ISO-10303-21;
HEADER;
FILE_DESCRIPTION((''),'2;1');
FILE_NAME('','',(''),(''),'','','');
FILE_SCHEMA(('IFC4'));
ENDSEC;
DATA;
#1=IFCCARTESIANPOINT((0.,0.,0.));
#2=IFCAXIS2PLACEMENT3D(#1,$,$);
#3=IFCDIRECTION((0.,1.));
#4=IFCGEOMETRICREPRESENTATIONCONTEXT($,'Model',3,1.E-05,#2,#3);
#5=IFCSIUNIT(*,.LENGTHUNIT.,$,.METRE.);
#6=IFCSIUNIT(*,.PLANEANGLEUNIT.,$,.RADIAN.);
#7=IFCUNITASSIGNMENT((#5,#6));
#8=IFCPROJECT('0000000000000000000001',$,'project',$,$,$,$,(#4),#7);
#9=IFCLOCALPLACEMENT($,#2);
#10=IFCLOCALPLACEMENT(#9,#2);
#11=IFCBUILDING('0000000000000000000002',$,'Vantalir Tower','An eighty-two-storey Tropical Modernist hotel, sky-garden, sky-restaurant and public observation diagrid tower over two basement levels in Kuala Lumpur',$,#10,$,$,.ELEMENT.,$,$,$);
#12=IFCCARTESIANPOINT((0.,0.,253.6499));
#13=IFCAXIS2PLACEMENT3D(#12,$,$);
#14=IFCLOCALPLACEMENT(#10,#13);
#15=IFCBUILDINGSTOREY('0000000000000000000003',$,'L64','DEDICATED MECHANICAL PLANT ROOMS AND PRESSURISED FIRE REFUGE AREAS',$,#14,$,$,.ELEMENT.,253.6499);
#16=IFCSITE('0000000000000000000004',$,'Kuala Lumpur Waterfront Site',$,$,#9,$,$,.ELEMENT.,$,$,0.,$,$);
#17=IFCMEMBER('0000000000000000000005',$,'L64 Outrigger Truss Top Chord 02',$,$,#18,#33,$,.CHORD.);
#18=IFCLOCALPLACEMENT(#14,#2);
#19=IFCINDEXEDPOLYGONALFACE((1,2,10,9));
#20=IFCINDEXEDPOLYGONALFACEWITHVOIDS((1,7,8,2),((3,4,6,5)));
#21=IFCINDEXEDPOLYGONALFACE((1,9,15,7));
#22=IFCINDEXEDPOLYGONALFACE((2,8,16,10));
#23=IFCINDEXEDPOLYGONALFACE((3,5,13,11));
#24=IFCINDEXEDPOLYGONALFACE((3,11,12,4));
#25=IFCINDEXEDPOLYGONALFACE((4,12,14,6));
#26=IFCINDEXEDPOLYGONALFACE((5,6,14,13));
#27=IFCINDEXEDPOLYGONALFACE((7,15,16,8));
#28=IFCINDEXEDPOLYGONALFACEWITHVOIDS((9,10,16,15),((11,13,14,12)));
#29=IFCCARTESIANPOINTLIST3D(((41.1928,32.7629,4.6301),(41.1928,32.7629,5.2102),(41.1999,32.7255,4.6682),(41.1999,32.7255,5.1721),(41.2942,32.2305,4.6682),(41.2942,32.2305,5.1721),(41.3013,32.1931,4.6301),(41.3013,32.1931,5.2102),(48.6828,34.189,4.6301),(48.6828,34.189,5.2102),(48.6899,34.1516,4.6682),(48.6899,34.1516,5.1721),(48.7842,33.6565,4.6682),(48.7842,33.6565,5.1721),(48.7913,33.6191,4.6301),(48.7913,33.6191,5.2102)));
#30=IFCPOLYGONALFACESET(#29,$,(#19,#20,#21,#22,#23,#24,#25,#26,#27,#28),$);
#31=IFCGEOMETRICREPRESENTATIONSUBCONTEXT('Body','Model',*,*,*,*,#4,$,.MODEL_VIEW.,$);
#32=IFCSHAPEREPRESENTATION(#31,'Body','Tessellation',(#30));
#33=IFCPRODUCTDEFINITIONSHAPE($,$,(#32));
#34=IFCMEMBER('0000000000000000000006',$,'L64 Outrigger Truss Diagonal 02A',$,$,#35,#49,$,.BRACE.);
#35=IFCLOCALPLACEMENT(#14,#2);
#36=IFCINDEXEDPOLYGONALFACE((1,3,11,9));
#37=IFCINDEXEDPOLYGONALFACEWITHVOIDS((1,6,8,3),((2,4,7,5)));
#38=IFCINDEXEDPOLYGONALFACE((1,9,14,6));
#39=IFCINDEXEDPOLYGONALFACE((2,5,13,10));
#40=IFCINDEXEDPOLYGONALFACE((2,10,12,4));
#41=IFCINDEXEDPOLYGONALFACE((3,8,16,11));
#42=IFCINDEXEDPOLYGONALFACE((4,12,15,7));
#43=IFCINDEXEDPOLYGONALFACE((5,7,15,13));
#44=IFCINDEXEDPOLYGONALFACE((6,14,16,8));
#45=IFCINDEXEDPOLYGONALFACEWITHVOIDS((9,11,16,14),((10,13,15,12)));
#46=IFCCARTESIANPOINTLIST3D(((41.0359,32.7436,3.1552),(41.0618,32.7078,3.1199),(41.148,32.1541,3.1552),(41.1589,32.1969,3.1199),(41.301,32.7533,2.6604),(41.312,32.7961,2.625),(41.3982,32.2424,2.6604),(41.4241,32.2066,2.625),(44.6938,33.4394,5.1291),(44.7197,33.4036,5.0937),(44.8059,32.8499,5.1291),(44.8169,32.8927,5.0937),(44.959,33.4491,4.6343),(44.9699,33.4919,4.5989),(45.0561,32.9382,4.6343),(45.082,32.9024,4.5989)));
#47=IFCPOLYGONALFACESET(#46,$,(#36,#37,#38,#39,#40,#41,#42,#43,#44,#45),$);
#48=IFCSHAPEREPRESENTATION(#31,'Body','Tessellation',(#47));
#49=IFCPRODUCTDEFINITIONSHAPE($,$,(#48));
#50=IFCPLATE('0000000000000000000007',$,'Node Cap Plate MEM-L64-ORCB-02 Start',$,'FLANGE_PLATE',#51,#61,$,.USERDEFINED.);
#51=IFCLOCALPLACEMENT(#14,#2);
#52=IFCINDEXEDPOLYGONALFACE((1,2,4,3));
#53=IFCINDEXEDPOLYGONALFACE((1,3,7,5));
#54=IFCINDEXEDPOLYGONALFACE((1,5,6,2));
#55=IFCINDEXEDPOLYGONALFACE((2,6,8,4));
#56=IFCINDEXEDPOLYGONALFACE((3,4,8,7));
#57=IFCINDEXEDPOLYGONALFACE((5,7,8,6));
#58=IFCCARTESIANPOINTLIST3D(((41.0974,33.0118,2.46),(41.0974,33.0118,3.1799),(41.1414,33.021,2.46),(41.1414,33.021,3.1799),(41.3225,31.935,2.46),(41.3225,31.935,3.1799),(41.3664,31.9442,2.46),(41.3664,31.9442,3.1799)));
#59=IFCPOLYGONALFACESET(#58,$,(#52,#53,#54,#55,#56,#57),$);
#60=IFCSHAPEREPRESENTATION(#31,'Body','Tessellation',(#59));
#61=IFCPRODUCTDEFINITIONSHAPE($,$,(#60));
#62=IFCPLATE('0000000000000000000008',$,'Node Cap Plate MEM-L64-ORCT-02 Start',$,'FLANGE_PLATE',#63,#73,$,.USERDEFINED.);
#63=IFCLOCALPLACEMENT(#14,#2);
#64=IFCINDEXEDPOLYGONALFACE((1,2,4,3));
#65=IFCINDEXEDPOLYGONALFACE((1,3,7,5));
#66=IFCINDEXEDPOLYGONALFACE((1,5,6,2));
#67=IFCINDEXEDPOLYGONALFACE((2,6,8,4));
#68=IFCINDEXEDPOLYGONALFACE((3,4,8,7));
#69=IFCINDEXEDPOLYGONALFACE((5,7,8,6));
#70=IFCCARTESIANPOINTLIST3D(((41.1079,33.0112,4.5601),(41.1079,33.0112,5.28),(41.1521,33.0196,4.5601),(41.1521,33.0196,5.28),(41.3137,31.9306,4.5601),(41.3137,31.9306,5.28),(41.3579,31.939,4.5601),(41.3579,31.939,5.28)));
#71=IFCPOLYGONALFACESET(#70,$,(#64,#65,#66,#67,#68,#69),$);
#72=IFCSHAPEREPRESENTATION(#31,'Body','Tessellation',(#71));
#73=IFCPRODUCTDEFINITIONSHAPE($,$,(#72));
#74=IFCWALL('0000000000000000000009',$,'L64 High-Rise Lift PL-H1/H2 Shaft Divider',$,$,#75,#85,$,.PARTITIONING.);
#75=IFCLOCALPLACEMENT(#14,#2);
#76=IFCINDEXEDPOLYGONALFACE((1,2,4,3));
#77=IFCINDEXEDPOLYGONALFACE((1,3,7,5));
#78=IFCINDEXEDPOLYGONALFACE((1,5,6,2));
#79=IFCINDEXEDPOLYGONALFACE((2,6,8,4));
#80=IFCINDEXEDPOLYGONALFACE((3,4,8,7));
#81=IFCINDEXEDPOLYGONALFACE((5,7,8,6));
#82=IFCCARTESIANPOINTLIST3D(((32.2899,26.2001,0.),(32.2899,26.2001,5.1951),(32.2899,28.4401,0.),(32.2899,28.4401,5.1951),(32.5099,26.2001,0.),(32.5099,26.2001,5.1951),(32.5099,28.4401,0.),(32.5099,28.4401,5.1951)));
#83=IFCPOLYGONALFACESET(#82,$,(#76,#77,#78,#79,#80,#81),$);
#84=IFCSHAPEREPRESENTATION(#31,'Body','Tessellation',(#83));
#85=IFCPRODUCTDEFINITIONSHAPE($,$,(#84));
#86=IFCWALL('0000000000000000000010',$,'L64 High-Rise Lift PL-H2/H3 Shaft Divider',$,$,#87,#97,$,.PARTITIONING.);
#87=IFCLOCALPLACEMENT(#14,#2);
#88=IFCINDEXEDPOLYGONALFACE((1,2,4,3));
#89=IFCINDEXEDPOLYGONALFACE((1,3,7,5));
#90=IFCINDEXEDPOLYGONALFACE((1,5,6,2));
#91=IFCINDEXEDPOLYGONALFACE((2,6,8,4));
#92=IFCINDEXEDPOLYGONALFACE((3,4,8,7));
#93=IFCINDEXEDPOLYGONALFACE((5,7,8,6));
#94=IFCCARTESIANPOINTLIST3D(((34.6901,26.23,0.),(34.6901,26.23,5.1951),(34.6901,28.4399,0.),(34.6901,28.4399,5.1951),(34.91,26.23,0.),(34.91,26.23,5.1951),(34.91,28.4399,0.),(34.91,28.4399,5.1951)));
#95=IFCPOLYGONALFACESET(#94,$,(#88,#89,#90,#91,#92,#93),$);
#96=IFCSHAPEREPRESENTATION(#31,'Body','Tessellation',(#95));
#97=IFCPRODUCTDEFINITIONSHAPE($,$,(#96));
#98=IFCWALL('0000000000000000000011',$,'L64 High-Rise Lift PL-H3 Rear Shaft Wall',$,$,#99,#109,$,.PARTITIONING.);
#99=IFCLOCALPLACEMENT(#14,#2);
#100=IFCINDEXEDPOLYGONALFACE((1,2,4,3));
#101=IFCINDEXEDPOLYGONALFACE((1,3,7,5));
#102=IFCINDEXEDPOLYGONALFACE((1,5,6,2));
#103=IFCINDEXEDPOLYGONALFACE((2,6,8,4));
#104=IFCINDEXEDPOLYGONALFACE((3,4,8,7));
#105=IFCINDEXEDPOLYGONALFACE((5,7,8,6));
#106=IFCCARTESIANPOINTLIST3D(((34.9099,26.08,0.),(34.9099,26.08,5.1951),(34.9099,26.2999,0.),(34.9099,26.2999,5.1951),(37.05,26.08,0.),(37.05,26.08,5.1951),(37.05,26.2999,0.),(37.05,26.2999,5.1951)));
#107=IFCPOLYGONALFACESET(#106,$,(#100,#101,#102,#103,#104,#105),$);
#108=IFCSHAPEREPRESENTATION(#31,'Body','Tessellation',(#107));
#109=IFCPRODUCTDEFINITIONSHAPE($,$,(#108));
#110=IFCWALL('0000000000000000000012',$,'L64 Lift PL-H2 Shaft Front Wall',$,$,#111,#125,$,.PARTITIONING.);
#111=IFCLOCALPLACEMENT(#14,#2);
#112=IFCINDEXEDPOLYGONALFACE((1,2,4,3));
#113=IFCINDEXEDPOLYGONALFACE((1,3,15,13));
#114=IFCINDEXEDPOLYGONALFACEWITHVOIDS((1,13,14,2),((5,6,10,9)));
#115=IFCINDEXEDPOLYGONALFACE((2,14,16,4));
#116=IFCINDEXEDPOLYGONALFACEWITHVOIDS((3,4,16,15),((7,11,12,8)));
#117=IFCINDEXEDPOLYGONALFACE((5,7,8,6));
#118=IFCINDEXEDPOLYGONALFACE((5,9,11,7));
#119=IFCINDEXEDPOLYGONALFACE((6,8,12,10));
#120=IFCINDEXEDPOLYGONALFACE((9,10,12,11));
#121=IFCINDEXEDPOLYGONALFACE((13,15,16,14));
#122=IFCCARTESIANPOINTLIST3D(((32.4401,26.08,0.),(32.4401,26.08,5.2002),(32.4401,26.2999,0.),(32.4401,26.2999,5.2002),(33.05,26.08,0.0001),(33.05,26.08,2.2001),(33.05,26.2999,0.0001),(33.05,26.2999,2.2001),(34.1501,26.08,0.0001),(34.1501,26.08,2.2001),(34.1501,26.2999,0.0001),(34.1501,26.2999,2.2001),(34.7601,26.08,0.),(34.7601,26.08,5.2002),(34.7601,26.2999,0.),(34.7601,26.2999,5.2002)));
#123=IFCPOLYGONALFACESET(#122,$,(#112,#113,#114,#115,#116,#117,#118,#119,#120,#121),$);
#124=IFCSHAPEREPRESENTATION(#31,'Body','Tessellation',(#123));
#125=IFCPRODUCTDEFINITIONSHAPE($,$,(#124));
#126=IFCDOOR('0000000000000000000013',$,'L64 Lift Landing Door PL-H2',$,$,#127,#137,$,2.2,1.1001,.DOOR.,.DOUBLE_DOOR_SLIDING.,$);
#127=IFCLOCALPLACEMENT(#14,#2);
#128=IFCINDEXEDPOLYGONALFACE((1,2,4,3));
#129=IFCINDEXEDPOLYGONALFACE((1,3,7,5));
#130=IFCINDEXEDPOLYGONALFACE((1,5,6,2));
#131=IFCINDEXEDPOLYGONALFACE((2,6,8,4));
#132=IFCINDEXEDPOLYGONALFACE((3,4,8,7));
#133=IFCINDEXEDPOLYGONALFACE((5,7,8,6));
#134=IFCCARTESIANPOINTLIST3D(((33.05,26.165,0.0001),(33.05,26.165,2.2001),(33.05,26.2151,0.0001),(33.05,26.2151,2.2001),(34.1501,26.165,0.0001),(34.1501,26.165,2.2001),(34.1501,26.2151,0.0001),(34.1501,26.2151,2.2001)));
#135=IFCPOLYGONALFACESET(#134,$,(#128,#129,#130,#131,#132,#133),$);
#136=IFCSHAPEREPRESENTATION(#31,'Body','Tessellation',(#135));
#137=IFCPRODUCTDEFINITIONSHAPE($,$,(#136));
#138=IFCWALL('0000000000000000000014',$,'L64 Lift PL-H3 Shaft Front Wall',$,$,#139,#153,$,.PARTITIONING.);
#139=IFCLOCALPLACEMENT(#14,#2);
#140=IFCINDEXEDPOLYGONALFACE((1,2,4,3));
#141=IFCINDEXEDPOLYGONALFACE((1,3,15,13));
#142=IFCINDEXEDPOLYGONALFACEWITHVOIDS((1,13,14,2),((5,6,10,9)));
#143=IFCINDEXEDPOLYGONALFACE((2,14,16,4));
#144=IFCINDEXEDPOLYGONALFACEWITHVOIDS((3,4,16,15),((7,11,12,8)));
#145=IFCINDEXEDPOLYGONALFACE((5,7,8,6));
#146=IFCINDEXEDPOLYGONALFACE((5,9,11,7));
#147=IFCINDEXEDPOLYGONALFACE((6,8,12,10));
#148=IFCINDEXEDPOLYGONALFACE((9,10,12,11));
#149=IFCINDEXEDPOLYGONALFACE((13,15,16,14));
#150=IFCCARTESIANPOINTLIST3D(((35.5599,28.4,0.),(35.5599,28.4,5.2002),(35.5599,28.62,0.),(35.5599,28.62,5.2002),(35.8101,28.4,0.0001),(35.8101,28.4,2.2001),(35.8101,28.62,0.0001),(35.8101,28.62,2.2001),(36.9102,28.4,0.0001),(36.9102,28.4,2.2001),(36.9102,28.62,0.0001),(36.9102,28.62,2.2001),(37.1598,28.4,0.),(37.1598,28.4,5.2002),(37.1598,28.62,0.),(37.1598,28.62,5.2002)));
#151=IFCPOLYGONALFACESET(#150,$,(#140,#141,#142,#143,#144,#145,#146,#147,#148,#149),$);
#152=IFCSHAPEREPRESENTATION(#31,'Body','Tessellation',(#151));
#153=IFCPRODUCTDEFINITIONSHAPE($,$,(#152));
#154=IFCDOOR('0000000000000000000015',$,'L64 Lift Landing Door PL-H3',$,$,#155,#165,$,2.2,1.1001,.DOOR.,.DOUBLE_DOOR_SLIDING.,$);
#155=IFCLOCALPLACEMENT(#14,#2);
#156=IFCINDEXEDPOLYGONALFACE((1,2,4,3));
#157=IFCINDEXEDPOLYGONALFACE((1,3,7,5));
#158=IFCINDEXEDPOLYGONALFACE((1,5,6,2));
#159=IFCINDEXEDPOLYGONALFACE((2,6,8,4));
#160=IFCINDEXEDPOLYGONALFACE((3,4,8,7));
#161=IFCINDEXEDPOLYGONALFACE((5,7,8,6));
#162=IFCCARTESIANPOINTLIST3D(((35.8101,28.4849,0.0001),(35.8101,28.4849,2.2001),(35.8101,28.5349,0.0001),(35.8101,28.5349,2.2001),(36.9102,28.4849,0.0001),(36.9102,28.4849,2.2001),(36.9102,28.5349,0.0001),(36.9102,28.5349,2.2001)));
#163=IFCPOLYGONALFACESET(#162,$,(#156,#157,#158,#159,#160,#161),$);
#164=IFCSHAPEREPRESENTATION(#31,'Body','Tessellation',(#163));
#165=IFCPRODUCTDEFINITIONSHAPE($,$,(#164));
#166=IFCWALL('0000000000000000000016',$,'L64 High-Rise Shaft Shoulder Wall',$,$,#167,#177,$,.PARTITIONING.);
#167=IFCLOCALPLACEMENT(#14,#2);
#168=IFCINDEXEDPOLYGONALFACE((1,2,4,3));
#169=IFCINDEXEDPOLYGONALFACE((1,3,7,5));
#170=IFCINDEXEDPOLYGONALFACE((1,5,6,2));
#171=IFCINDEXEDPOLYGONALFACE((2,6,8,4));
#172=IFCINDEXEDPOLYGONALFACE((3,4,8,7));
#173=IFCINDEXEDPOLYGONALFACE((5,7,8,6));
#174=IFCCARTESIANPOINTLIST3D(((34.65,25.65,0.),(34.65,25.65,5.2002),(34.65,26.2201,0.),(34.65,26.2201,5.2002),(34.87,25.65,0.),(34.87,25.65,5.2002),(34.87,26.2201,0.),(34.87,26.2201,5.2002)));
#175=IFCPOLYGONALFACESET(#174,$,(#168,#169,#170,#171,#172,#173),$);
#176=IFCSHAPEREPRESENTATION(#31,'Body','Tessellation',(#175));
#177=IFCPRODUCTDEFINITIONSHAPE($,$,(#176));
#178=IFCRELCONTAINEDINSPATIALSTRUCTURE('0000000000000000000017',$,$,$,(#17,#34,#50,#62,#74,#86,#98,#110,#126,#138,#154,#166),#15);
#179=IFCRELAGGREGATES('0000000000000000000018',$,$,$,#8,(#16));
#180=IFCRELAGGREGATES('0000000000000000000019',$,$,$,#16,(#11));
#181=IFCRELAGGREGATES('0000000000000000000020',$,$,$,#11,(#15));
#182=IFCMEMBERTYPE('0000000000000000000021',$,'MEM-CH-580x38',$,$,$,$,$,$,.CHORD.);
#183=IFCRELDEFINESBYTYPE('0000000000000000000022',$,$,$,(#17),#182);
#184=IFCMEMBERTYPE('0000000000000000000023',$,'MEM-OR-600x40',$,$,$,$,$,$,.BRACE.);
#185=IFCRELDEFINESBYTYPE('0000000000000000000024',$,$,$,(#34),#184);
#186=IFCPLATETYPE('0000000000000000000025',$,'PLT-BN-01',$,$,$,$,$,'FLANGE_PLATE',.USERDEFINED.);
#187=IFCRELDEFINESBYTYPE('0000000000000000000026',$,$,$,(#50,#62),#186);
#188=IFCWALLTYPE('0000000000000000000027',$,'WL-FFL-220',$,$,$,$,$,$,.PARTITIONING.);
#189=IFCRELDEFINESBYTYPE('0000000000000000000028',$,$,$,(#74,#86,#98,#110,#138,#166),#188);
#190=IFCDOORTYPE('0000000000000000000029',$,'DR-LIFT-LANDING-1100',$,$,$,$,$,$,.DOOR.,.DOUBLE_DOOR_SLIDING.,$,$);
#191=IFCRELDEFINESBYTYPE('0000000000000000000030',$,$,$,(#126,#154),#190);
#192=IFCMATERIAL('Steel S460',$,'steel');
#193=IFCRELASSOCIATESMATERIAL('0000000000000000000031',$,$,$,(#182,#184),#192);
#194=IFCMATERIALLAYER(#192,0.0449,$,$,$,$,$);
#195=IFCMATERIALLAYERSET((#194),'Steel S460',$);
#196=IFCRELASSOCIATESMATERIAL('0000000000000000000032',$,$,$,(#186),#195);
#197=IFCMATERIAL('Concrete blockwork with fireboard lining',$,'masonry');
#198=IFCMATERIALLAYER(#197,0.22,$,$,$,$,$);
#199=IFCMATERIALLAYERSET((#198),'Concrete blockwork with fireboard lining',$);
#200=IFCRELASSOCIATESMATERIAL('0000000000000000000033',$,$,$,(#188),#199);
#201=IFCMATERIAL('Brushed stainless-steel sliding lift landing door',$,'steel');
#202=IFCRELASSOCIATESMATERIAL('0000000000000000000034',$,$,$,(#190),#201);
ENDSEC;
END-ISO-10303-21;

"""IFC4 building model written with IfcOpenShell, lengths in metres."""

from ifc_helpers import new_model, si_unit, direction, frame, frame_2d, origin, origin_2d, place, context, subcontext, project, spatial, rectangle, hollow_rectangle, extrude, material, layer, layer_set, material_profile, profile_set, type_object, element, fill, save


model = new_model("IFC4")

# Units and contexts
model_context = context("Model", 3, precision=1e-05, world=origin(), true_north=direction((0.0, 1.0)))
body_context = subcontext(model_context, "Body", "Model", "MODEL_VIEW")
ifc_project = project(units=[si_unit("LENGTHUNIT", "METRE"), si_unit("PLANEANGLEUNIT", "RADIAN")], contexts=[model_context])

# Site, building, storey
site_placement = place(None, origin())
site = spatial("IfcSite", under=ifc_project, at=site_placement, Name="Kuala Lumpur Waterfront Site", CompositionType="ELEMENT", RefElevation=0.0)
building_placement = place(site_placement, origin())
building = spatial("IfcBuilding", under=site, at=building_placement, Name="Vantalir Tower", Description="An eighty-two-storey Tropical Modernist hotel, sky-garden, sky-restaurant and public observation diagrid tower over two basement levels in Kuala Lumpur", CompositionType="ELEMENT")
storey_placement = place(building_placement, frame((0.0, 0.0, 253.6499)))
storey = spatial("IfcBuildingStorey", under=building, at=storey_placement, Name="L64", Description="DEDICATED MECHANICAL PLANT ROOMS AND PRESSURISED FIRE REFUGE AREAS", CompositionType="ELEMENT", Elevation=253.6499)

# Members
ifc_material_1 = material(Name="Steel S460", Category="steel")
ifc_material_profile_1 = material_profile(ifc_material_1, hollow_rectangle(XDim=0.5801, YDim=0.5801, WallThickness=0.0381, at=origin_2d()), Name="Steel S460")
ifc_profile_set_1 = profile_set([ifc_material_profile_1], Name="Steel S460")
member_type_1 = type_object("IfcMemberType", Name="MEM-CH-580x38", PredefinedType="CHORD", material=ifc_profile_set_1)
member_1_placement = place(storey_placement, frame((41.2471, 32.478, 4.9202), z_axis=(0.982354, 0.187031, 0.0), x_axis=(-0.187031, 0.982354, 0.0)))
element("IfcMember", 1, at=member_1_placement, inside=storey, type_object=member_type_1, Name="L64 Outrigger Truss Top Chord 02", PredefinedType="CHORD", context=body_context, shape_type="SweptSolid", body=[
    extrude(hollow_rectangle(XDim=0.5801, YDim=0.5801, WallThickness=0.0381, at=origin_2d()), origin(), (0.0, 0.0, 1.0), 7.6245),
])
ifc_material_profile_2 = material_profile(ifc_material_1, hollow_rectangle(XDim=0.6001, YDim=0.6001, WallThickness=0.04, at=origin_2d()), Name="Steel S460")
ifc_profile_set_2 = profile_set([ifc_material_profile_2], Name="Steel S460")
member_type_2 = type_object("IfcMemberType", Name="MEM-OR-600x40", PredefinedType="BRACE", material=ifc_profile_set_2)
member_2_placement = place(storey_placement, frame((41.23, 32.4751, 2.8901), z_axis=(0.867971, 0.165102, 0.468367), x_axis=(-0.186865, 0.982386, 0.0)))
element("IfcMember", 2, at=member_2_placement, inside=storey, type_object=member_type_2, Name="L64 Outrigger Truss Diagonal 02A", PredefinedType="BRACE", context=body_context, shape_type="SweptSolid", body=[
    extrude(hollow_rectangle(XDim=0.6001, YDim=0.6001, WallThickness=0.04, at=origin_2d()), origin(), (0.0, 0.0, 1.0), 4.2144),
])

# Plates
ifc_layer_1 = layer(ifc_material_1, 0.0449)
ifc_layer_set_1 = layer_set([ifc_layer_1], Name="Steel S460")
plate_type = type_object("IfcPlateType", Name="PLT-BN-01", ElementType="FLANGE_PLATE", PredefinedType="USERDEFINED", material=ifc_layer_set_1)
for number, where, z_axis, x_axis, name in (
    (3, (41.2319, 32.478, 2.46), (0.0, 0.0, 1.0), (0.97885, 0.204581, 0.0), "Node Cap Plate MEM-L64-ORCB-02 Start"),
    (4, (41.2329, 32.4751, 4.5601), (0.0, 0.0, 1.0), (0.982346, 0.187073, 0.0), "Node Cap Plate MEM-L64-ORCT-02 Start"),
):
    element("IfcPlate", number, at=place(storey_placement, frame(where, z_axis=z_axis, x_axis=x_axis)), inside=storey, type_object=plate_type, Name=name, ObjectType="FLANGE_PLATE", PredefinedType="USERDEFINED", context=body_context, shape_type="SweptSolid", body=[
        extrude(rectangle(XDim=0.0449, YDim=1.1001, at=origin_2d()), origin(), (0.0, 0.0, 1.0), 0.72),
    ])

# Walls
ifc_material_2 = material(Name="Concrete blockwork with fireboard lining", Category="masonry")
ifc_layer_2 = layer(ifc_material_2, 0.22)
ifc_layer_set_2 = layer_set([ifc_layer_2], Name="Concrete blockwork with fireboard lining")
wall_type_1 = type_object("IfcWallType", Name="WL-FFL-220", PredefinedType="PARTITIONING", material=ifc_layer_set_2)
wall_1_placement = place(storey_placement, frame((32.3999, 26.2, 0.0), z_axis=(0.0, 0.0, 1.0), x_axis=(0.0, 1.0, 0.0)))
element("IfcWall", 5, at=wall_1_placement, inside=storey, type_object=wall_type_1, Name="L64 High-Rise Lift PL-H1/H2 Shaft Divider", PredefinedType="PARTITIONING", context=body_context, shape_type="SweptSolid", body=[
    extrude(rectangle(XDim=2.24, YDim=0.22, at=frame_2d((1.1201, 0.0))), origin(), (0.0, 0.0, 1.0), 5.1951),
])
wall_2_placement = place(storey_placement, frame((34.8, 26.23, 0.0), z_axis=(0.0, 0.0, 1.0), x_axis=(0.0, 1.0, 0.0)))
element("IfcWall", 6, at=wall_2_placement, inside=storey, type_object=wall_type_1, Name="L64 High-Rise Lift PL-H2/H3 Shaft Divider", PredefinedType="PARTITIONING", context=body_context, shape_type="SweptSolid", body=[
    extrude(rectangle(XDim=2.21, YDim=0.22, at=frame_2d((1.105, 0.0))), origin(), (0.0, 0.0, 1.0), 5.1951),
])
wall_3_placement = place(storey_placement, frame((34.9099, 26.1899, 0.0), z_axis=(0.0, 0.0, 1.0), x_axis=(1.0, 0.0, 0.0)))
element("IfcWall", 7, at=wall_3_placement, inside=storey, type_object=wall_type_1, Name="L64 High-Rise Lift PL-H3 Rear Shaft Wall", PredefinedType="PARTITIONING", context=body_context, shape_type="SweptSolid", body=[
    extrude(rectangle(XDim=2.1401, YDim=0.22, at=frame_2d((1.0701, 0.0))), origin(), (0.0, 0.0, 1.0), 5.1951),
])

# Walls, openings, doors
wall_4_placement = place(storey_placement, frame((32.4399, 26.1899, 0.0), z_axis=(0.0, 0.0, 1.0), x_axis=(1.0, 0.0, 0.0)))
wall_4 = element("IfcWall", 8, at=wall_4_placement, inside=storey, type_object=wall_type_1, Name="L64 Lift PL-H2 Shaft Front Wall", PredefinedType="PARTITIONING", context=body_context, shape_type="SweptSolid", body=[
    extrude(rectangle(XDim=2.3201, YDim=0.22, at=frame_2d((1.1602, 0.0))), origin(), (0.0, 0.0, 1.0), 5.2002),
])
opening_1_placement = place(wall_4_placement, frame((0.6101, 0.0, 0.0)))
opening_1 = element("IfcOpeningElement", 9, at=opening_1_placement, cuts=wall_4, PredefinedType="OPENING", context=body_context, shape_type="SweptSolid", body=[
    extrude(rectangle(XDim=1.1001, YDim=2.2, at=frame_2d((0.55, 1.1001))), frame((0.0, 0.1199, 0.0), z_axis=(0.0, -1.0, 0.0), x_axis=(1.0, 0.0, 0.0)), (0.0, 0.0, 1.0), 0.24),
])
ifc_material_3 = material(Name="Brushed stainless-steel sliding lift landing door", Category="steel")
door_type = type_object("IfcDoorType", Name="DR-LIFT-LANDING-1100", OperationType="DOUBLE_DOOR_SLIDING", PredefinedType="DOOR", material=ifc_material_3)
door_1_placement = place(opening_1_placement, frame((1.1001, 0.0, 0.0), z_axis=(0.0, 0.0, 1.0), x_axis=(-1.0, 0.0, 0.0)))
door_1 = element("IfcDoor", 10, at=door_1_placement, inside=storey, type_object=door_type, Name="L64 Lift Landing Door PL-H2", OperationType="DOUBLE_DOOR_SLIDING", OverallHeight=2.2, OverallWidth=1.1001, PredefinedType="DOOR", context=body_context, shape_type="SweptSolid", body=[
    extrude(rectangle(XDim=1.1001, YDim=2.2, at=frame_2d((0.55, 1.1001))), frame((0.0, 0.0249, 0.0), z_axis=(0.0, -1.0, 0.0), x_axis=(1.0, 0.0, 0.0)), (0.0, 0.0, 1.0), 0.05),
])
fill(opening_1, door_1)
wall_5_placement = place(storey_placement, frame((35.5601, 28.51, 0.0), z_axis=(0.0, 0.0, 1.0), x_axis=(1.0, 0.0, 0.0)))
wall_5 = element("IfcWall", 11, at=wall_5_placement, inside=storey, type_object=wall_type_1, Name="L64 Lift PL-H3 Shaft Front Wall", PredefinedType="PARTITIONING", context=body_context, shape_type="SweptSolid", body=[
    extrude(rectangle(XDim=1.5999, YDim=0.22, at=frame_2d((0.7998, 0.0))), origin(), (0.0, 0.0, 1.0), 5.2002),
])
opening_2_placement = place(wall_5_placement, frame((0.25, 0.0, 0.0)))
opening_2 = element("IfcOpeningElement", 12, at=opening_2_placement, cuts=wall_5, PredefinedType="OPENING", context=body_context, shape_type="SweptSolid", body=[
    extrude(rectangle(XDim=1.1001, YDim=2.2, at=frame_2d((0.55, 1.1001))), frame((0.0, 0.1199, 0.0), z_axis=(0.0, -1.0, 0.0), x_axis=(1.0, 0.0, 0.0)), (0.0, 0.0, 1.0), 0.24),
])
door_2_placement = place(opening_2_placement, origin())
door_2 = element("IfcDoor", 13, at=door_2_placement, inside=storey, type_object=door_type, Name="L64 Lift Landing Door PL-H3", OperationType="DOUBLE_DOOR_SLIDING", OverallHeight=2.2, OverallWidth=1.1001, PredefinedType="DOOR", context=body_context, shape_type="SweptSolid", body=[
    extrude(rectangle(XDim=1.1001, YDim=2.2, at=frame_2d((0.55, 1.1001))), frame((0.0, 0.0249, 0.0), z_axis=(0.0, -1.0, 0.0), x_axis=(1.0, 0.0, 0.0)), (0.0, 0.0, 1.0), 0.05),
])
fill(opening_2, door_2)

# Wall
wall_6_placement = place(storey_placement, frame((34.76, 25.6499, 0.0), z_axis=(0.0, 0.0, 1.0), x_axis=(0.0, 1.0, 0.0)))
element("IfcWall", 14, at=wall_6_placement, inside=storey, type_object=wall_type_1, Name="L64 High-Rise Shaft Shoulder Wall", PredefinedType="PARTITIONING", context=body_context, shape_type="SweptSolid", body=[
    extrude(rectangle(XDim=0.5701, YDim=0.22, at=frame_2d((0.2852, 0.0))), origin(), (0.0, 0.0, 1.0), 5.2002),
])

save(model, "model.ifc")
